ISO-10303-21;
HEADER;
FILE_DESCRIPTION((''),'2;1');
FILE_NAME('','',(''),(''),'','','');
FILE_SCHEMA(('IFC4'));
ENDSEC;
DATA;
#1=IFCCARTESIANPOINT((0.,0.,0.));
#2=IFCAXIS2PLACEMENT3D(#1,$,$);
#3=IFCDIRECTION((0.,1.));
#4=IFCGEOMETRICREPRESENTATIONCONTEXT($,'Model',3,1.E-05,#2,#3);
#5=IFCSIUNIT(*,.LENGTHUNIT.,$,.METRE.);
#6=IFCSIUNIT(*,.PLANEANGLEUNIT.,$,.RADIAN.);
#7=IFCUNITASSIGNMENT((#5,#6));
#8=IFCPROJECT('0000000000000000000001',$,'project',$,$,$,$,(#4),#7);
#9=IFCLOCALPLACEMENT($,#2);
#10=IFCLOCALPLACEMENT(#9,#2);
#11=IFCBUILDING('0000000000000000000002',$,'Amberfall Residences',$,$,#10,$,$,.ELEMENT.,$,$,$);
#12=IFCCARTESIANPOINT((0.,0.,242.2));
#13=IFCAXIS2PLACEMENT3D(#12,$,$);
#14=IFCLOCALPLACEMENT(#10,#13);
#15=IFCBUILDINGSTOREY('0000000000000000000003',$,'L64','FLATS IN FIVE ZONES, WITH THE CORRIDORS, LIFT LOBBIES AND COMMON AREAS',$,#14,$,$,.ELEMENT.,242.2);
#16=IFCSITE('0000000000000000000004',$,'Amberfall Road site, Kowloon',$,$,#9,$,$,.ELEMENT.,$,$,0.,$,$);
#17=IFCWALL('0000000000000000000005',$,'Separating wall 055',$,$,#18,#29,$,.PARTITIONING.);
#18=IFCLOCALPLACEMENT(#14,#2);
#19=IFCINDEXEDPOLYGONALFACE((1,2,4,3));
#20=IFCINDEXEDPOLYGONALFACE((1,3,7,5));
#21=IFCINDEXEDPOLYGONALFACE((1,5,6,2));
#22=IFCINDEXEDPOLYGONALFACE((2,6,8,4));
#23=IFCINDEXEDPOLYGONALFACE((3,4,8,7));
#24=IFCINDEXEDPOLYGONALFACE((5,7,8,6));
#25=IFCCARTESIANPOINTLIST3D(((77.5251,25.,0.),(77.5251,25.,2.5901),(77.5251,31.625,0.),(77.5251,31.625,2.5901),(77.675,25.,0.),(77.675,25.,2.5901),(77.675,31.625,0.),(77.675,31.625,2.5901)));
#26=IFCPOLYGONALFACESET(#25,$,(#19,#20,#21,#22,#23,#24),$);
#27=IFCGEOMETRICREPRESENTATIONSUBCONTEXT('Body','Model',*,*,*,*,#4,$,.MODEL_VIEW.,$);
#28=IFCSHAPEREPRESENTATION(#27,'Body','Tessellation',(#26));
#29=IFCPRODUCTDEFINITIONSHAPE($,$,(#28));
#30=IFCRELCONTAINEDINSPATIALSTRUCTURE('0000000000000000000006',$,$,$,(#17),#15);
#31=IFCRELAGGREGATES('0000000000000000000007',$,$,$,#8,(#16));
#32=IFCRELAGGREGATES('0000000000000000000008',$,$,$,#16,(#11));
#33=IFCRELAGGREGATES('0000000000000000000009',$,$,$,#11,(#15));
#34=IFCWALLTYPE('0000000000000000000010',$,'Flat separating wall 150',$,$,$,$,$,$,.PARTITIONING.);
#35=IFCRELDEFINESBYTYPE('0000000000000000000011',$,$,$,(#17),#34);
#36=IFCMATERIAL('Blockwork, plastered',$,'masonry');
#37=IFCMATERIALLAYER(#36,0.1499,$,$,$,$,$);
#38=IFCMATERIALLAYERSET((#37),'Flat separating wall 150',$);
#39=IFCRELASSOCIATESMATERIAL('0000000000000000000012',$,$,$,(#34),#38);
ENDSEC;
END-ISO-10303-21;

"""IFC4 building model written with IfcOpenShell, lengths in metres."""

from ifc_helpers import new_model, si_unit, direction, frame, frame_2d, origin, place, context, subcontext, project, spatial, rectangle, extrude, material, layer, layer_set, type_object, element, save


model = new_model("IFC4")

# Units and contexts
model_context = context("Model", 3, precision=1e-05, world=origin(), true_north=direction((0.0, 1.0)))
body_context = subcontext(model_context, "Body", "Model", "MODEL_VIEW")
ifc_project = project(units=[si_unit("LENGTHUNIT", "METRE"), si_unit("PLANEANGLEUNIT", "RADIAN")], contexts=[model_context])

# Site, building, storey
site_placement = place(None, origin())
site = spatial("IfcSite", under=ifc_project, at=site_placement, Name="Amberfall Road site, Kowloon", CompositionType="ELEMENT", RefElevation=0.0)
building_placement = place(site_placement, origin())
building = spatial("IfcBuilding", under=site, at=building_placement, Name="Amberfall Residences", CompositionType="ELEMENT")
storey_placement = place(building_placement, frame((0.0, 0.0, 242.2)))
storey = spatial("IfcBuildingStorey", under=building, at=storey_placement, Name="L64", Description="FLATS IN FIVE ZONES, WITH THE CORRIDORS, LIFT LOBBIES AND COMMON AREAS", CompositionType="ELEMENT", Elevation=242.2)

# Wall
ifc_material_1 = material(Name="Blockwork, plastered", Category="masonry")
ifc_layer_1 = layer(ifc_material_1, 0.1499)
ifc_layer_set_1 = layer_set([ifc_layer_1], Name="Flat separating wall 150")
wall_type_1 = type_object("IfcWallType", Name="Flat separating wall 150", PredefinedType="PARTITIONING", material=ifc_layer_set_1)
for number, where, z_axis, x_axis, name in (
    (1, (77.6001, 25.0, 0.0), (0.0, 0.0, 1.0), (0.0, 1.0, 0.0), "Separating wall 055"),
):
    element("IfcWall", number, at=place(storey_placement, frame(where, z_axis=z_axis, x_axis=x_axis)), inside=storey, type_object=wall_type_1, Name=name, PredefinedType="PARTITIONING", context=body_context, shape_type="SweptSolid", body=[
        extrude(rectangle(XDim=6.625, YDim=0.1499, at=frame_2d((3.3125, 0.0))), origin(), (0.0, 0.0, 1.0), 2.5901),
    ])

save(model, "model.ifc")
